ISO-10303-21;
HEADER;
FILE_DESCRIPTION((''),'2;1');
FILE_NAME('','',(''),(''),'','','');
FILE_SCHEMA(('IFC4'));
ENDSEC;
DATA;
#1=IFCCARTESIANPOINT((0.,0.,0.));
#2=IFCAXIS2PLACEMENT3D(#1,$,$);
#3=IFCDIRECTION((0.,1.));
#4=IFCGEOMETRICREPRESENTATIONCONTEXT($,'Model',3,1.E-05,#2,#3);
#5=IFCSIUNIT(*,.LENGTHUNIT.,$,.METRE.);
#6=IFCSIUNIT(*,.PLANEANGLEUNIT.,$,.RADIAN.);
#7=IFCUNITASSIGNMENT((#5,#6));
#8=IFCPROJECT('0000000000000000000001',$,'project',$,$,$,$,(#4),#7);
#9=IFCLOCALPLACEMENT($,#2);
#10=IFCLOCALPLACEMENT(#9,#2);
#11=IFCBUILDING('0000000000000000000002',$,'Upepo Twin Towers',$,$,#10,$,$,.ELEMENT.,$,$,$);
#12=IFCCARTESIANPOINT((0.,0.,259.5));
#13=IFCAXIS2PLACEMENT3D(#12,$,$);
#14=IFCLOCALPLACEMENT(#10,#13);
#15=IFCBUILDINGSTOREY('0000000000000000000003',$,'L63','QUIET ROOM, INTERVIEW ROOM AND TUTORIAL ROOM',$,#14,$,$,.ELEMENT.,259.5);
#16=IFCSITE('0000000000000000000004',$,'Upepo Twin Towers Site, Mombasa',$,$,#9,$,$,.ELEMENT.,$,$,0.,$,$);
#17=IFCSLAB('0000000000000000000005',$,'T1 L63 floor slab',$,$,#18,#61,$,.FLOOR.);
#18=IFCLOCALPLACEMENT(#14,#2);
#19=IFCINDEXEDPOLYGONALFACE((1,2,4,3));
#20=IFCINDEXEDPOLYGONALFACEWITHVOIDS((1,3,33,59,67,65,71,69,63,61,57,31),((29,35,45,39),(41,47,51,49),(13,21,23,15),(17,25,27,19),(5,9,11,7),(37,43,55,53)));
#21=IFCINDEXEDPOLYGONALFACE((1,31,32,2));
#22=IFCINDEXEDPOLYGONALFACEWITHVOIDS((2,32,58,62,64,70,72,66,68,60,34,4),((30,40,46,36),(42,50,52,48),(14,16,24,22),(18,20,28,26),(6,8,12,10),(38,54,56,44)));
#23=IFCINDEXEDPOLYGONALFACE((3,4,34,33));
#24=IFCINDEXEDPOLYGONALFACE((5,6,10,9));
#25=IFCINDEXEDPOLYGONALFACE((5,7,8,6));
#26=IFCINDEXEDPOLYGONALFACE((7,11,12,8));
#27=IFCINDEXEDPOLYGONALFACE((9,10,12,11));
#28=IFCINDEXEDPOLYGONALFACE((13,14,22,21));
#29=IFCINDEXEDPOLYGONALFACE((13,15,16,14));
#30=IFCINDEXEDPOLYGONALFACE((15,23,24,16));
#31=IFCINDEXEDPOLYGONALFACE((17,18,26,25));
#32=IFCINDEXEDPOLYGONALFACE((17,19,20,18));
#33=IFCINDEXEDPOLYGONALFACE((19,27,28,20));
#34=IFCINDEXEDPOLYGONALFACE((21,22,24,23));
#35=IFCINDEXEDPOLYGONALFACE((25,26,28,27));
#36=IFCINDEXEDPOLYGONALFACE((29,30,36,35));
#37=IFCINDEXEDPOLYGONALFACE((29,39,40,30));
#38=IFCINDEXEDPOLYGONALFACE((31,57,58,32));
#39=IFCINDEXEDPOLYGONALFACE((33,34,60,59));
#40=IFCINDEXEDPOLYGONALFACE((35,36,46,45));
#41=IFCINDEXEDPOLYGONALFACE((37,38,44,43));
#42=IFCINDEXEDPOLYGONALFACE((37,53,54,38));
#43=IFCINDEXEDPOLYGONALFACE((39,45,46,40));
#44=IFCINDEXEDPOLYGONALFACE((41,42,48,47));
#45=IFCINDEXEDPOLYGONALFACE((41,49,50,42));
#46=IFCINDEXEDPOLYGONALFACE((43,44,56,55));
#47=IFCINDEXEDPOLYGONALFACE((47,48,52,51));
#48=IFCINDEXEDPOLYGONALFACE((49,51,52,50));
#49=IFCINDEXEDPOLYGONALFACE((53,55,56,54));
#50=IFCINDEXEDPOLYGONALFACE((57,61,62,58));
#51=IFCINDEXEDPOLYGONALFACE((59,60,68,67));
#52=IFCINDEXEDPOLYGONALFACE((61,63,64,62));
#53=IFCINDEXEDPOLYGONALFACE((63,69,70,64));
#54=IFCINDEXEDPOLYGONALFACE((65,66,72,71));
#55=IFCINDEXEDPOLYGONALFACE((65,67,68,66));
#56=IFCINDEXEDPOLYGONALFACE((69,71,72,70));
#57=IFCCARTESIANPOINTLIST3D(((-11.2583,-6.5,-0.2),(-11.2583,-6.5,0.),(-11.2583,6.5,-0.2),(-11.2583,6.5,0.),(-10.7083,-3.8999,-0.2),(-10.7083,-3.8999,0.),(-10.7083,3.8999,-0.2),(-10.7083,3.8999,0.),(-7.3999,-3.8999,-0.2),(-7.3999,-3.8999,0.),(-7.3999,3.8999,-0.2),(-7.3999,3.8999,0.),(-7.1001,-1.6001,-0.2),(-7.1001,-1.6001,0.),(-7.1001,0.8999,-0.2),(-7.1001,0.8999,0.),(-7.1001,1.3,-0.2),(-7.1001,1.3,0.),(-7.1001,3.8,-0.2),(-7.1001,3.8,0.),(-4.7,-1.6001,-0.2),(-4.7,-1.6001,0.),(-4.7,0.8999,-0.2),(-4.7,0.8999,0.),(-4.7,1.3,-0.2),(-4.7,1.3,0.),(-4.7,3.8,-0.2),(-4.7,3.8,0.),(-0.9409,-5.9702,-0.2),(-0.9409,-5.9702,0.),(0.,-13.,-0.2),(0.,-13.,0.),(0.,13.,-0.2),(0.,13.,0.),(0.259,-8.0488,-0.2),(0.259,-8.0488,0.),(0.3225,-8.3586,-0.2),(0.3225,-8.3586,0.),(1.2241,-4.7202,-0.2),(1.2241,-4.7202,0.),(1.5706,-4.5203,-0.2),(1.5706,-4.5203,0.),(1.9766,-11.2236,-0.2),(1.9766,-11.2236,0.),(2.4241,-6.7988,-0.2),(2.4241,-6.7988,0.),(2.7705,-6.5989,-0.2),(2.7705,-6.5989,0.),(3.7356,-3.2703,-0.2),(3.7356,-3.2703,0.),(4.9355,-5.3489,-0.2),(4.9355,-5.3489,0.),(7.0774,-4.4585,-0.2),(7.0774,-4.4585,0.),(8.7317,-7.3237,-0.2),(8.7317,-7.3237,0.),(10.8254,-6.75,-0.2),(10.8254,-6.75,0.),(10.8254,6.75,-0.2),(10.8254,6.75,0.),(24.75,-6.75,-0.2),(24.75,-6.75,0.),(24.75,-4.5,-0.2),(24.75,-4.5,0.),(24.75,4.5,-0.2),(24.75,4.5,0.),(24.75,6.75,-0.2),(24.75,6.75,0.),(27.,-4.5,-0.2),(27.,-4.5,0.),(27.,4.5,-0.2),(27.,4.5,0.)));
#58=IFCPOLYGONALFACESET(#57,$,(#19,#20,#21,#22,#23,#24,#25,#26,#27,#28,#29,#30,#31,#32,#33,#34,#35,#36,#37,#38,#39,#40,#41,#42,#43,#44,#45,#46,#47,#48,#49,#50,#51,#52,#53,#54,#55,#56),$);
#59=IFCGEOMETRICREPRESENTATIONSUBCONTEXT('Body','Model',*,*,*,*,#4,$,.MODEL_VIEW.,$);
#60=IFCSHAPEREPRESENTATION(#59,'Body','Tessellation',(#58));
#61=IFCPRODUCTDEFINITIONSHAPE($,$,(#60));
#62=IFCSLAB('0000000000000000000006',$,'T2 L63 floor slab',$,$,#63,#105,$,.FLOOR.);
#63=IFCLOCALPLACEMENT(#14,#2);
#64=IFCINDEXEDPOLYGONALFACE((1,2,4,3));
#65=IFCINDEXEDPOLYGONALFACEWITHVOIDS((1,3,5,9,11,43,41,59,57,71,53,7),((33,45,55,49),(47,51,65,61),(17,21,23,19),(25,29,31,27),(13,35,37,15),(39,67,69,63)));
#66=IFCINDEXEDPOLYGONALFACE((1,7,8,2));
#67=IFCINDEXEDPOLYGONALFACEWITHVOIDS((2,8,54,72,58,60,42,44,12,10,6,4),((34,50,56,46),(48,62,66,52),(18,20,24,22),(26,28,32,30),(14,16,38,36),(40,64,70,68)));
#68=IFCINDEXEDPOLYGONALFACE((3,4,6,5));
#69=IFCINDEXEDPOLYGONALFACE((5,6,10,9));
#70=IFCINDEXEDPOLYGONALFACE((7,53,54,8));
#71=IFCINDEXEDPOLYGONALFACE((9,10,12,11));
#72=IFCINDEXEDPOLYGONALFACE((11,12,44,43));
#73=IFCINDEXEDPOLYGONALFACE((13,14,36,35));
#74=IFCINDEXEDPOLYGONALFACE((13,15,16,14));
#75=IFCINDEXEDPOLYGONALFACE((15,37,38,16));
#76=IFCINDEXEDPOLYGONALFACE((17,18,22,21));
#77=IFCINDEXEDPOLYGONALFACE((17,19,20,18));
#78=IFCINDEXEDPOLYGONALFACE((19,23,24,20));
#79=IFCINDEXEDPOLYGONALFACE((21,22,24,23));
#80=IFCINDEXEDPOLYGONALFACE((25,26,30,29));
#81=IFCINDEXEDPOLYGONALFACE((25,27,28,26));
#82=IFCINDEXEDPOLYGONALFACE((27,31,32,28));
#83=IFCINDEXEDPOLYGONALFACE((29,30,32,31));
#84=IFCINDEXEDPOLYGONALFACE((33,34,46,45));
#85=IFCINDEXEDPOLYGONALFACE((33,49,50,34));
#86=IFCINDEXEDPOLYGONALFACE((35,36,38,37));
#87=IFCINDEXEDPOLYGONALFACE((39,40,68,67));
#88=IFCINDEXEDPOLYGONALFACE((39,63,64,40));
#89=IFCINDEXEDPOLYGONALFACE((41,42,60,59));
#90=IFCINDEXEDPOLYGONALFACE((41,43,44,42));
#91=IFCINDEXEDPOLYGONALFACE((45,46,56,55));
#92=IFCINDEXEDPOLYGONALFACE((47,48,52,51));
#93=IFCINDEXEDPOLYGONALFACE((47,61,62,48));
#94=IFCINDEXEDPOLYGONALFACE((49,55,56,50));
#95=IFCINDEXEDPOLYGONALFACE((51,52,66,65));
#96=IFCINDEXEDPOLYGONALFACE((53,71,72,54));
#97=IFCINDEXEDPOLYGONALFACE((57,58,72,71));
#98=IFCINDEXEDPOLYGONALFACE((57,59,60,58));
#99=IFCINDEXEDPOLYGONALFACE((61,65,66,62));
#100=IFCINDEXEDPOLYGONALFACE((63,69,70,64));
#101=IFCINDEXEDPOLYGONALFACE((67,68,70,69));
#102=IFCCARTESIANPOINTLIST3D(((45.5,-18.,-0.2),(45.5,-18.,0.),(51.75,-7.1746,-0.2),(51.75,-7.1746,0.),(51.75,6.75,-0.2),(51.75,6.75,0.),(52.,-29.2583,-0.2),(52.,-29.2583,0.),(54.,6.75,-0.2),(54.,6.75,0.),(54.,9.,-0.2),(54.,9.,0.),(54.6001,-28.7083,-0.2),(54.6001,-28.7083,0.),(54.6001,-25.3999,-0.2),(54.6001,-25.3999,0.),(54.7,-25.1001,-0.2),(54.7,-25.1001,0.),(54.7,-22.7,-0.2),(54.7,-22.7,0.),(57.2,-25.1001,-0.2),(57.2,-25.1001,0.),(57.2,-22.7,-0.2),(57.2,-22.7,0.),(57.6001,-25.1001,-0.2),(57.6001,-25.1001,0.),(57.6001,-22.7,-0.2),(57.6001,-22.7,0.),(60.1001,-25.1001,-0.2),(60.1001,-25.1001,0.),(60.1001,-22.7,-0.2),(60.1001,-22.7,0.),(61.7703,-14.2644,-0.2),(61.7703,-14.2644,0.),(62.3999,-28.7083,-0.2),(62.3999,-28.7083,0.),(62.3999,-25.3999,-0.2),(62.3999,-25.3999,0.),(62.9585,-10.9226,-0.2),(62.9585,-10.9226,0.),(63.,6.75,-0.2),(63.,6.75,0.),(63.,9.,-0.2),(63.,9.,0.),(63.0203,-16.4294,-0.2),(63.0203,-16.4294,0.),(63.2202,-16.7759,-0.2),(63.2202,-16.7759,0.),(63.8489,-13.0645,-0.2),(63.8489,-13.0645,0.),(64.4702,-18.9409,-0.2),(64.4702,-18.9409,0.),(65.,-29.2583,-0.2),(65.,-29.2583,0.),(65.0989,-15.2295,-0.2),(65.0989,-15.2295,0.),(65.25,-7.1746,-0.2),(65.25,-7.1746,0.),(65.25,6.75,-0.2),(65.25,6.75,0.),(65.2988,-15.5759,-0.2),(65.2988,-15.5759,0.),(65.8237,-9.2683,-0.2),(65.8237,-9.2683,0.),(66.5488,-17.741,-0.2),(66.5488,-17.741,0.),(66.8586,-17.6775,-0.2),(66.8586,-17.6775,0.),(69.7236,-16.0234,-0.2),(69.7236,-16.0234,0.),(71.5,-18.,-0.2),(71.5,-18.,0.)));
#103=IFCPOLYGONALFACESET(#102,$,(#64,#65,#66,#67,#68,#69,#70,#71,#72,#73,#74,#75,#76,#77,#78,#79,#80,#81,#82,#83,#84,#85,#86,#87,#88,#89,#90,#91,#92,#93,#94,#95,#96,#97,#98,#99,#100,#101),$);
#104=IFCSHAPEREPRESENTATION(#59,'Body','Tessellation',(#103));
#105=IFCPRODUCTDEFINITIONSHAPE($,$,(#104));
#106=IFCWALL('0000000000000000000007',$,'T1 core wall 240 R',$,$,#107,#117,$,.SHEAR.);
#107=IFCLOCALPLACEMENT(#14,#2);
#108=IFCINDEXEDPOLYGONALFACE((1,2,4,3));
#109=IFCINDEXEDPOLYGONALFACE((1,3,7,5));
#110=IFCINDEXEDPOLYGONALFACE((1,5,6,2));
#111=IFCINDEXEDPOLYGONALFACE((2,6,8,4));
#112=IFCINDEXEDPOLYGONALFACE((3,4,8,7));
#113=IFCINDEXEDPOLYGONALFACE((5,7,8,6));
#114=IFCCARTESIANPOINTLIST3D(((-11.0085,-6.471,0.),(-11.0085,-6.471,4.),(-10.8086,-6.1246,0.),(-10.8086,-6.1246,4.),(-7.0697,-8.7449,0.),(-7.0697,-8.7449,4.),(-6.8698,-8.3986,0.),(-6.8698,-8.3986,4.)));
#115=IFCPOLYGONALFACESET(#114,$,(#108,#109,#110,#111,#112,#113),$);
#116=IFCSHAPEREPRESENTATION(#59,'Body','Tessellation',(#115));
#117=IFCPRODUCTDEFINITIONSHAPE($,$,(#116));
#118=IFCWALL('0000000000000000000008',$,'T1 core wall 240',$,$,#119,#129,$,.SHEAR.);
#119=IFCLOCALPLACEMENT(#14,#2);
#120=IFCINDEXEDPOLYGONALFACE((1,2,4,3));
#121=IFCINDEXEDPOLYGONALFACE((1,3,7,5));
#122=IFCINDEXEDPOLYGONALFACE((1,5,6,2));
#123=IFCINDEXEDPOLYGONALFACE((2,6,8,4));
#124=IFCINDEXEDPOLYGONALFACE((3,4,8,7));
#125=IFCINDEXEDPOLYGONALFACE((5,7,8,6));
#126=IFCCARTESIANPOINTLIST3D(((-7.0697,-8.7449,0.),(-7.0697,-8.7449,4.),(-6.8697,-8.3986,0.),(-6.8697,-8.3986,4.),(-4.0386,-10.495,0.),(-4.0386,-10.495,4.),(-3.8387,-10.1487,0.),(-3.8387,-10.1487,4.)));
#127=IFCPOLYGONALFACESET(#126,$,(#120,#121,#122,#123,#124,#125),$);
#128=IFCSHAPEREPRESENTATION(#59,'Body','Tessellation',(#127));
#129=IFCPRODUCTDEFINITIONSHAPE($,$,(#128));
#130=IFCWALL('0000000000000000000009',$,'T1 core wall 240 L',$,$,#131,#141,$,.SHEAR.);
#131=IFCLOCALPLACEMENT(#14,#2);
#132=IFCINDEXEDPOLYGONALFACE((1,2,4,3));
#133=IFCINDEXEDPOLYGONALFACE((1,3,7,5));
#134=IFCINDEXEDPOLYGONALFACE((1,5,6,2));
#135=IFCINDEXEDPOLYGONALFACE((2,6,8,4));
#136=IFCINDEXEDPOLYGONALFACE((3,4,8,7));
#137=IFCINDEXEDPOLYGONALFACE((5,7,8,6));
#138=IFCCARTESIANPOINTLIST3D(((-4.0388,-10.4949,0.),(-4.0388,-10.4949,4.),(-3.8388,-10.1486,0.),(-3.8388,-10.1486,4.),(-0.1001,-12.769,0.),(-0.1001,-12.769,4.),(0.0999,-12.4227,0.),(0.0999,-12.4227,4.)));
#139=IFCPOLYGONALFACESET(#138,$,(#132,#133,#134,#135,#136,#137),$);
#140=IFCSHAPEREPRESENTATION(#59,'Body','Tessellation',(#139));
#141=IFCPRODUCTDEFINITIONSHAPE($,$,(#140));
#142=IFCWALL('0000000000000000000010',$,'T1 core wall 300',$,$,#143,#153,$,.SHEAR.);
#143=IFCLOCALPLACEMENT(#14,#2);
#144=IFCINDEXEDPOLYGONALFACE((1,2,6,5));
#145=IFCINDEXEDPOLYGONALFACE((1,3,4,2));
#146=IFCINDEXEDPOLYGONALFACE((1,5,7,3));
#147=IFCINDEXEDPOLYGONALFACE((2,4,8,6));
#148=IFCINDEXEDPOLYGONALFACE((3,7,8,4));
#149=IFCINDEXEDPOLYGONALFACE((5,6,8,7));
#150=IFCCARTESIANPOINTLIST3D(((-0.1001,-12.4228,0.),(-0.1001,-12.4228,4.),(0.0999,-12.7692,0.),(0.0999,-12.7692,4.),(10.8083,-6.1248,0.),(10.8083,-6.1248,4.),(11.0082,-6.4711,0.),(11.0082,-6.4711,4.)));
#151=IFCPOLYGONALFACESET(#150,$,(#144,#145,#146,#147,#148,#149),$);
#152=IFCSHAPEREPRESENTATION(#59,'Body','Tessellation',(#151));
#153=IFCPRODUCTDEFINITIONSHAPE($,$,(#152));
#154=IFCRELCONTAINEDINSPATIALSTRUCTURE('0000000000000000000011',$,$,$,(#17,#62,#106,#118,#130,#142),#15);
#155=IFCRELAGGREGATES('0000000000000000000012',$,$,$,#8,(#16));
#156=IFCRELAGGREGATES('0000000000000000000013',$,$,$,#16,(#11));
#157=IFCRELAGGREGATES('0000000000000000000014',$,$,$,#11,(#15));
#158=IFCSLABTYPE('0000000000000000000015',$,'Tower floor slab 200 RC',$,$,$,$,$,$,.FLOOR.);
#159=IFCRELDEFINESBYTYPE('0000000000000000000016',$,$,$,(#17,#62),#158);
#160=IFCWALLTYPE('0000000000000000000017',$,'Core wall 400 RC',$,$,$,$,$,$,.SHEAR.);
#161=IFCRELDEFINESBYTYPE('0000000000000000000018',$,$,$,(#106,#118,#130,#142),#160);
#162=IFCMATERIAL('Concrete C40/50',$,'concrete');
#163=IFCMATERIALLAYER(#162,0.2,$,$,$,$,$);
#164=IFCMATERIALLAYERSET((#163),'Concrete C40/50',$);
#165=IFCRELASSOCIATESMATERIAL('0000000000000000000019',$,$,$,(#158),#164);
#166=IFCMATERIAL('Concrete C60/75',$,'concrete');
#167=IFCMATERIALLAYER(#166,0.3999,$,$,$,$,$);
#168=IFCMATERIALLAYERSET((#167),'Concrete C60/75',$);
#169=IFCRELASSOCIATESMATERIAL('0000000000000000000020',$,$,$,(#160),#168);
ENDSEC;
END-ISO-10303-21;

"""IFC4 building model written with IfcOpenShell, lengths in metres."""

from ifc_helpers import new_model, si_unit, direction, frame, frame_2d, origin, place, context, subcontext, project, spatial, polyline, rectangle, outline, extrude, material, layer, layer_set, type_object, element, save


model = new_model("IFC4")

# Units and contexts
model_context = context("Model", 3, precision=1e-05, world=origin(), true_north=direction((0.0, 1.0)))
body_context = subcontext(model_context, "Body", "Model", "MODEL_VIEW")
ifc_project = project(units=[si_unit("LENGTHUNIT", "METRE"), si_unit("PLANEANGLEUNIT", "RADIAN")], contexts=[model_context])

# Site, building, storey
site_placement = place(None, origin())
site = spatial("IfcSite", under=ifc_project, at=site_placement, Name="Upepo Twin Towers Site, Mombasa", CompositionType="ELEMENT", RefElevation=0.0)
building_placement = place(site_placement, origin())
building = spatial("IfcBuilding", under=site, at=building_placement, Name="Upepo Twin Towers", CompositionType="ELEMENT")
storey_placement = place(building_placement, frame((0.0, 0.0, 259.5)))
storey = spatial("IfcBuildingStorey", under=building, at=storey_placement, Name="L63", Description="QUIET ROOM, INTERVIEW ROOM AND TUTORIAL ROOM", CompositionType="ELEMENT", Elevation=259.5)

# Slabs
ifc_material_1 = material(Name="Concrete C40/50", Category="concrete")
ifc_layer_1 = layer(ifc_material_1, 0.2)
ifc_layer_set_1 = layer_set([ifc_layer_1], Name="Concrete C40/50")
slab_type = type_object("IfcSlabType", Name="Tower floor slab 200 RC", PredefinedType="FLOOR", material=ifc_layer_set_1)
slab_1_placement = place(storey_placement, frame((0.0, 0.0, -0.2)))
element("IfcSlab", 1, at=slab_1_placement, inside=storey, type_object=slab_type, Name="T1 L63 floor slab", PredefinedType="FLOOR", context=body_context, shape_type="SweptSolid", body=[
    extrude(outline(polyline([(0.0, -13.0), (-11.2583, -6.5), (-11.2583, 6.5), (0.0, 13.0), (10.8254, 6.75), (24.75, 6.75), (24.75, 4.5), (27.0, 4.5), (27.0, -4.5), (24.75, -4.5), (24.75, -6.75), (10.8254, -6.75), (0.0, -13.0)]), holes=[polyline([(-4.7, 3.8), (-7.1001, 3.8), (-7.1001, 1.3), (-4.7, 1.3), (-4.7, 3.8)]), polyline([(-4.7, 0.8999), (-7.1001, 0.8999), (-7.1001, -1.6001), (-4.7, -1.6001), (-4.7, 0.8999)]), polyline([(-7.3999, 3.8999), (-10.7083, 3.8999), (-10.7083, -3.8999), (-7.3999, -3.8999), (-7.3999, 3.8999)]), polyline([(-0.9409, -5.9702), (0.259, -8.0488), (2.4241, -6.7988), (1.2241, -4.7202), (-0.9409, -5.9702)]), polyline([(1.5706, -4.5203), (2.7705, -6.5989), (4.9355, -5.3489), (3.7356, -3.2703), (1.5706, -4.5203)]), polyline([(0.3225, -8.3586), (1.9766, -11.2236), (8.7317, -7.3237), (7.0774, -4.4585), (0.3225, -8.3586)])]), origin(), (0.0, 0.0, 1.0), 0.2),
])
slab_2_placement = place(storey_placement, frame((0.0, 0.0, -0.2)))
element("IfcSlab", 2, at=slab_2_placement, inside=storey, type_object=slab_type, Name="T2 L63 floor slab", PredefinedType="FLOOR", context=body_context, shape_type="SweptSolid", body=[
    extrude(outline(polyline([(71.5, -18.0), (65.0, -29.2583), (52.0, -29.2583), (45.5, -18.0), (51.75, -7.1746), (51.75, 6.75), (54.0, 6.75), (54.0, 9.0), (63.0, 9.0), (63.0, 6.75), (65.25, 6.75), (65.25, -7.1746), (71.5, -18.0)]), holes=[polyline([(54.7, -22.7), (54.7, -25.1001), (57.2, -25.1001), (57.2, -22.7), (54.7, -22.7)]), polyline([(57.6001, -22.7), (57.6001, -25.1001), (60.1001, -25.1001), (60.1001, -22.7), (57.6001, -22.7)]), polyline([(54.6001, -25.3999), (54.6001, -28.7083), (62.3999, -28.7083), (62.3999, -25.3999), (54.6001, -25.3999)]), polyline([(64.4702, -18.9409), (66.5488, -17.741), (65.2988, -15.5759), (63.2202, -16.7759), (64.4702, -18.9409)]), polyline([(63.0203, -16.4294), (65.0989, -15.2295), (63.8489, -13.0645), (61.7703, -14.2644), (63.0203, -16.4294)]), polyline([(66.8586, -17.6775), (69.7236, -16.0234), (65.8237, -9.2683), (62.9585, -10.9226), (66.8586, -17.6775)])]), origin(), (0.0, 0.0, 1.0), 0.2),
])

# Walls
ifc_material_2 = material(Name="Concrete C60/75", Category="concrete")
ifc_layer_2 = layer(ifc_material_2, 0.3999)
ifc_layer_set_2 = layer_set([ifc_layer_2], Name="Concrete C60/75")
wall_type_1 = type_object("IfcWallType", Name="Core wall 400 RC", PredefinedType="SHEAR", material=ifc_layer_set_2)
wall_1_placement = place(storey_placement, frame((-10.9084, -6.2979, 0.0), z_axis=(0.0, 0.0, 1.0), x_axis=(0.866035, -0.499984, 0.0)))
element("IfcWall", 3, at=wall_1_placement, inside=storey, type_object=wall_type_1, Name="T1 core wall 240 R", PredefinedType="SHEAR", context=body_context, shape_type="SweptSolid", body=[
    extrude(rectangle(XDim=4.5481, YDim=0.3999, at=frame_2d((2.2739, 0.0))), origin(), (0.0, 0.0, 1.0), 4.0),
])
wall_2_placement = place(storey_placement, frame((-6.9697, -8.5718, 0.0), z_axis=(0.0, 0.0, 1.0), x_axis=(0.866019, -0.50001, 0.0)))
element("IfcWall", 4, at=wall_2_placement, inside=storey, type_object=wall_type_1, Name="T1 core wall 240", PredefinedType="SHEAR", context=body_context, shape_type="SweptSolid", body=[
    extrude(rectangle(XDim=3.5, YDim=0.3999, at=frame_2d((1.75, 0.0))), origin(), (0.0, 0.0, 1.0), 4.0),
])
wall_3_placement = place(storey_placement, frame((-3.9387, -10.3218, 0.0), z_axis=(0.0, 0.0, 1.0), x_axis=(0.866011, -0.500024, 0.0)))
element("IfcWall", 5, at=wall_3_placement, inside=storey, type_object=wall_type_1, Name="T1 core wall 240 L", PredefinedType="SHEAR", context=body_context, shape_type="SweptSolid", body=[
    extrude(rectangle(XDim=4.5481, YDim=0.3999, at=frame_2d((2.2739, 0.0))), origin(), (0.0, 0.0, 1.0), 4.0),
])
wall_4_placement = place(storey_placement, frame((0.0, -12.5959, 0.0), z_axis=(0.0, 0.0, 1.0), x_axis=(0.866022, 0.500006, 0.0)))
element("IfcWall", 6, at=wall_4_placement, inside=storey, type_object=wall_type_1, Name="T1 core wall 300", PredefinedType="SHEAR", context=body_context, shape_type="SweptSolid", body=[
    extrude(rectangle(XDim=12.5959, YDim=0.3999, at=frame_2d((6.2979, 0.0))), origin(), (0.0, 0.0, 1.0), 4.0),
])

save(model, "model.ifc")
